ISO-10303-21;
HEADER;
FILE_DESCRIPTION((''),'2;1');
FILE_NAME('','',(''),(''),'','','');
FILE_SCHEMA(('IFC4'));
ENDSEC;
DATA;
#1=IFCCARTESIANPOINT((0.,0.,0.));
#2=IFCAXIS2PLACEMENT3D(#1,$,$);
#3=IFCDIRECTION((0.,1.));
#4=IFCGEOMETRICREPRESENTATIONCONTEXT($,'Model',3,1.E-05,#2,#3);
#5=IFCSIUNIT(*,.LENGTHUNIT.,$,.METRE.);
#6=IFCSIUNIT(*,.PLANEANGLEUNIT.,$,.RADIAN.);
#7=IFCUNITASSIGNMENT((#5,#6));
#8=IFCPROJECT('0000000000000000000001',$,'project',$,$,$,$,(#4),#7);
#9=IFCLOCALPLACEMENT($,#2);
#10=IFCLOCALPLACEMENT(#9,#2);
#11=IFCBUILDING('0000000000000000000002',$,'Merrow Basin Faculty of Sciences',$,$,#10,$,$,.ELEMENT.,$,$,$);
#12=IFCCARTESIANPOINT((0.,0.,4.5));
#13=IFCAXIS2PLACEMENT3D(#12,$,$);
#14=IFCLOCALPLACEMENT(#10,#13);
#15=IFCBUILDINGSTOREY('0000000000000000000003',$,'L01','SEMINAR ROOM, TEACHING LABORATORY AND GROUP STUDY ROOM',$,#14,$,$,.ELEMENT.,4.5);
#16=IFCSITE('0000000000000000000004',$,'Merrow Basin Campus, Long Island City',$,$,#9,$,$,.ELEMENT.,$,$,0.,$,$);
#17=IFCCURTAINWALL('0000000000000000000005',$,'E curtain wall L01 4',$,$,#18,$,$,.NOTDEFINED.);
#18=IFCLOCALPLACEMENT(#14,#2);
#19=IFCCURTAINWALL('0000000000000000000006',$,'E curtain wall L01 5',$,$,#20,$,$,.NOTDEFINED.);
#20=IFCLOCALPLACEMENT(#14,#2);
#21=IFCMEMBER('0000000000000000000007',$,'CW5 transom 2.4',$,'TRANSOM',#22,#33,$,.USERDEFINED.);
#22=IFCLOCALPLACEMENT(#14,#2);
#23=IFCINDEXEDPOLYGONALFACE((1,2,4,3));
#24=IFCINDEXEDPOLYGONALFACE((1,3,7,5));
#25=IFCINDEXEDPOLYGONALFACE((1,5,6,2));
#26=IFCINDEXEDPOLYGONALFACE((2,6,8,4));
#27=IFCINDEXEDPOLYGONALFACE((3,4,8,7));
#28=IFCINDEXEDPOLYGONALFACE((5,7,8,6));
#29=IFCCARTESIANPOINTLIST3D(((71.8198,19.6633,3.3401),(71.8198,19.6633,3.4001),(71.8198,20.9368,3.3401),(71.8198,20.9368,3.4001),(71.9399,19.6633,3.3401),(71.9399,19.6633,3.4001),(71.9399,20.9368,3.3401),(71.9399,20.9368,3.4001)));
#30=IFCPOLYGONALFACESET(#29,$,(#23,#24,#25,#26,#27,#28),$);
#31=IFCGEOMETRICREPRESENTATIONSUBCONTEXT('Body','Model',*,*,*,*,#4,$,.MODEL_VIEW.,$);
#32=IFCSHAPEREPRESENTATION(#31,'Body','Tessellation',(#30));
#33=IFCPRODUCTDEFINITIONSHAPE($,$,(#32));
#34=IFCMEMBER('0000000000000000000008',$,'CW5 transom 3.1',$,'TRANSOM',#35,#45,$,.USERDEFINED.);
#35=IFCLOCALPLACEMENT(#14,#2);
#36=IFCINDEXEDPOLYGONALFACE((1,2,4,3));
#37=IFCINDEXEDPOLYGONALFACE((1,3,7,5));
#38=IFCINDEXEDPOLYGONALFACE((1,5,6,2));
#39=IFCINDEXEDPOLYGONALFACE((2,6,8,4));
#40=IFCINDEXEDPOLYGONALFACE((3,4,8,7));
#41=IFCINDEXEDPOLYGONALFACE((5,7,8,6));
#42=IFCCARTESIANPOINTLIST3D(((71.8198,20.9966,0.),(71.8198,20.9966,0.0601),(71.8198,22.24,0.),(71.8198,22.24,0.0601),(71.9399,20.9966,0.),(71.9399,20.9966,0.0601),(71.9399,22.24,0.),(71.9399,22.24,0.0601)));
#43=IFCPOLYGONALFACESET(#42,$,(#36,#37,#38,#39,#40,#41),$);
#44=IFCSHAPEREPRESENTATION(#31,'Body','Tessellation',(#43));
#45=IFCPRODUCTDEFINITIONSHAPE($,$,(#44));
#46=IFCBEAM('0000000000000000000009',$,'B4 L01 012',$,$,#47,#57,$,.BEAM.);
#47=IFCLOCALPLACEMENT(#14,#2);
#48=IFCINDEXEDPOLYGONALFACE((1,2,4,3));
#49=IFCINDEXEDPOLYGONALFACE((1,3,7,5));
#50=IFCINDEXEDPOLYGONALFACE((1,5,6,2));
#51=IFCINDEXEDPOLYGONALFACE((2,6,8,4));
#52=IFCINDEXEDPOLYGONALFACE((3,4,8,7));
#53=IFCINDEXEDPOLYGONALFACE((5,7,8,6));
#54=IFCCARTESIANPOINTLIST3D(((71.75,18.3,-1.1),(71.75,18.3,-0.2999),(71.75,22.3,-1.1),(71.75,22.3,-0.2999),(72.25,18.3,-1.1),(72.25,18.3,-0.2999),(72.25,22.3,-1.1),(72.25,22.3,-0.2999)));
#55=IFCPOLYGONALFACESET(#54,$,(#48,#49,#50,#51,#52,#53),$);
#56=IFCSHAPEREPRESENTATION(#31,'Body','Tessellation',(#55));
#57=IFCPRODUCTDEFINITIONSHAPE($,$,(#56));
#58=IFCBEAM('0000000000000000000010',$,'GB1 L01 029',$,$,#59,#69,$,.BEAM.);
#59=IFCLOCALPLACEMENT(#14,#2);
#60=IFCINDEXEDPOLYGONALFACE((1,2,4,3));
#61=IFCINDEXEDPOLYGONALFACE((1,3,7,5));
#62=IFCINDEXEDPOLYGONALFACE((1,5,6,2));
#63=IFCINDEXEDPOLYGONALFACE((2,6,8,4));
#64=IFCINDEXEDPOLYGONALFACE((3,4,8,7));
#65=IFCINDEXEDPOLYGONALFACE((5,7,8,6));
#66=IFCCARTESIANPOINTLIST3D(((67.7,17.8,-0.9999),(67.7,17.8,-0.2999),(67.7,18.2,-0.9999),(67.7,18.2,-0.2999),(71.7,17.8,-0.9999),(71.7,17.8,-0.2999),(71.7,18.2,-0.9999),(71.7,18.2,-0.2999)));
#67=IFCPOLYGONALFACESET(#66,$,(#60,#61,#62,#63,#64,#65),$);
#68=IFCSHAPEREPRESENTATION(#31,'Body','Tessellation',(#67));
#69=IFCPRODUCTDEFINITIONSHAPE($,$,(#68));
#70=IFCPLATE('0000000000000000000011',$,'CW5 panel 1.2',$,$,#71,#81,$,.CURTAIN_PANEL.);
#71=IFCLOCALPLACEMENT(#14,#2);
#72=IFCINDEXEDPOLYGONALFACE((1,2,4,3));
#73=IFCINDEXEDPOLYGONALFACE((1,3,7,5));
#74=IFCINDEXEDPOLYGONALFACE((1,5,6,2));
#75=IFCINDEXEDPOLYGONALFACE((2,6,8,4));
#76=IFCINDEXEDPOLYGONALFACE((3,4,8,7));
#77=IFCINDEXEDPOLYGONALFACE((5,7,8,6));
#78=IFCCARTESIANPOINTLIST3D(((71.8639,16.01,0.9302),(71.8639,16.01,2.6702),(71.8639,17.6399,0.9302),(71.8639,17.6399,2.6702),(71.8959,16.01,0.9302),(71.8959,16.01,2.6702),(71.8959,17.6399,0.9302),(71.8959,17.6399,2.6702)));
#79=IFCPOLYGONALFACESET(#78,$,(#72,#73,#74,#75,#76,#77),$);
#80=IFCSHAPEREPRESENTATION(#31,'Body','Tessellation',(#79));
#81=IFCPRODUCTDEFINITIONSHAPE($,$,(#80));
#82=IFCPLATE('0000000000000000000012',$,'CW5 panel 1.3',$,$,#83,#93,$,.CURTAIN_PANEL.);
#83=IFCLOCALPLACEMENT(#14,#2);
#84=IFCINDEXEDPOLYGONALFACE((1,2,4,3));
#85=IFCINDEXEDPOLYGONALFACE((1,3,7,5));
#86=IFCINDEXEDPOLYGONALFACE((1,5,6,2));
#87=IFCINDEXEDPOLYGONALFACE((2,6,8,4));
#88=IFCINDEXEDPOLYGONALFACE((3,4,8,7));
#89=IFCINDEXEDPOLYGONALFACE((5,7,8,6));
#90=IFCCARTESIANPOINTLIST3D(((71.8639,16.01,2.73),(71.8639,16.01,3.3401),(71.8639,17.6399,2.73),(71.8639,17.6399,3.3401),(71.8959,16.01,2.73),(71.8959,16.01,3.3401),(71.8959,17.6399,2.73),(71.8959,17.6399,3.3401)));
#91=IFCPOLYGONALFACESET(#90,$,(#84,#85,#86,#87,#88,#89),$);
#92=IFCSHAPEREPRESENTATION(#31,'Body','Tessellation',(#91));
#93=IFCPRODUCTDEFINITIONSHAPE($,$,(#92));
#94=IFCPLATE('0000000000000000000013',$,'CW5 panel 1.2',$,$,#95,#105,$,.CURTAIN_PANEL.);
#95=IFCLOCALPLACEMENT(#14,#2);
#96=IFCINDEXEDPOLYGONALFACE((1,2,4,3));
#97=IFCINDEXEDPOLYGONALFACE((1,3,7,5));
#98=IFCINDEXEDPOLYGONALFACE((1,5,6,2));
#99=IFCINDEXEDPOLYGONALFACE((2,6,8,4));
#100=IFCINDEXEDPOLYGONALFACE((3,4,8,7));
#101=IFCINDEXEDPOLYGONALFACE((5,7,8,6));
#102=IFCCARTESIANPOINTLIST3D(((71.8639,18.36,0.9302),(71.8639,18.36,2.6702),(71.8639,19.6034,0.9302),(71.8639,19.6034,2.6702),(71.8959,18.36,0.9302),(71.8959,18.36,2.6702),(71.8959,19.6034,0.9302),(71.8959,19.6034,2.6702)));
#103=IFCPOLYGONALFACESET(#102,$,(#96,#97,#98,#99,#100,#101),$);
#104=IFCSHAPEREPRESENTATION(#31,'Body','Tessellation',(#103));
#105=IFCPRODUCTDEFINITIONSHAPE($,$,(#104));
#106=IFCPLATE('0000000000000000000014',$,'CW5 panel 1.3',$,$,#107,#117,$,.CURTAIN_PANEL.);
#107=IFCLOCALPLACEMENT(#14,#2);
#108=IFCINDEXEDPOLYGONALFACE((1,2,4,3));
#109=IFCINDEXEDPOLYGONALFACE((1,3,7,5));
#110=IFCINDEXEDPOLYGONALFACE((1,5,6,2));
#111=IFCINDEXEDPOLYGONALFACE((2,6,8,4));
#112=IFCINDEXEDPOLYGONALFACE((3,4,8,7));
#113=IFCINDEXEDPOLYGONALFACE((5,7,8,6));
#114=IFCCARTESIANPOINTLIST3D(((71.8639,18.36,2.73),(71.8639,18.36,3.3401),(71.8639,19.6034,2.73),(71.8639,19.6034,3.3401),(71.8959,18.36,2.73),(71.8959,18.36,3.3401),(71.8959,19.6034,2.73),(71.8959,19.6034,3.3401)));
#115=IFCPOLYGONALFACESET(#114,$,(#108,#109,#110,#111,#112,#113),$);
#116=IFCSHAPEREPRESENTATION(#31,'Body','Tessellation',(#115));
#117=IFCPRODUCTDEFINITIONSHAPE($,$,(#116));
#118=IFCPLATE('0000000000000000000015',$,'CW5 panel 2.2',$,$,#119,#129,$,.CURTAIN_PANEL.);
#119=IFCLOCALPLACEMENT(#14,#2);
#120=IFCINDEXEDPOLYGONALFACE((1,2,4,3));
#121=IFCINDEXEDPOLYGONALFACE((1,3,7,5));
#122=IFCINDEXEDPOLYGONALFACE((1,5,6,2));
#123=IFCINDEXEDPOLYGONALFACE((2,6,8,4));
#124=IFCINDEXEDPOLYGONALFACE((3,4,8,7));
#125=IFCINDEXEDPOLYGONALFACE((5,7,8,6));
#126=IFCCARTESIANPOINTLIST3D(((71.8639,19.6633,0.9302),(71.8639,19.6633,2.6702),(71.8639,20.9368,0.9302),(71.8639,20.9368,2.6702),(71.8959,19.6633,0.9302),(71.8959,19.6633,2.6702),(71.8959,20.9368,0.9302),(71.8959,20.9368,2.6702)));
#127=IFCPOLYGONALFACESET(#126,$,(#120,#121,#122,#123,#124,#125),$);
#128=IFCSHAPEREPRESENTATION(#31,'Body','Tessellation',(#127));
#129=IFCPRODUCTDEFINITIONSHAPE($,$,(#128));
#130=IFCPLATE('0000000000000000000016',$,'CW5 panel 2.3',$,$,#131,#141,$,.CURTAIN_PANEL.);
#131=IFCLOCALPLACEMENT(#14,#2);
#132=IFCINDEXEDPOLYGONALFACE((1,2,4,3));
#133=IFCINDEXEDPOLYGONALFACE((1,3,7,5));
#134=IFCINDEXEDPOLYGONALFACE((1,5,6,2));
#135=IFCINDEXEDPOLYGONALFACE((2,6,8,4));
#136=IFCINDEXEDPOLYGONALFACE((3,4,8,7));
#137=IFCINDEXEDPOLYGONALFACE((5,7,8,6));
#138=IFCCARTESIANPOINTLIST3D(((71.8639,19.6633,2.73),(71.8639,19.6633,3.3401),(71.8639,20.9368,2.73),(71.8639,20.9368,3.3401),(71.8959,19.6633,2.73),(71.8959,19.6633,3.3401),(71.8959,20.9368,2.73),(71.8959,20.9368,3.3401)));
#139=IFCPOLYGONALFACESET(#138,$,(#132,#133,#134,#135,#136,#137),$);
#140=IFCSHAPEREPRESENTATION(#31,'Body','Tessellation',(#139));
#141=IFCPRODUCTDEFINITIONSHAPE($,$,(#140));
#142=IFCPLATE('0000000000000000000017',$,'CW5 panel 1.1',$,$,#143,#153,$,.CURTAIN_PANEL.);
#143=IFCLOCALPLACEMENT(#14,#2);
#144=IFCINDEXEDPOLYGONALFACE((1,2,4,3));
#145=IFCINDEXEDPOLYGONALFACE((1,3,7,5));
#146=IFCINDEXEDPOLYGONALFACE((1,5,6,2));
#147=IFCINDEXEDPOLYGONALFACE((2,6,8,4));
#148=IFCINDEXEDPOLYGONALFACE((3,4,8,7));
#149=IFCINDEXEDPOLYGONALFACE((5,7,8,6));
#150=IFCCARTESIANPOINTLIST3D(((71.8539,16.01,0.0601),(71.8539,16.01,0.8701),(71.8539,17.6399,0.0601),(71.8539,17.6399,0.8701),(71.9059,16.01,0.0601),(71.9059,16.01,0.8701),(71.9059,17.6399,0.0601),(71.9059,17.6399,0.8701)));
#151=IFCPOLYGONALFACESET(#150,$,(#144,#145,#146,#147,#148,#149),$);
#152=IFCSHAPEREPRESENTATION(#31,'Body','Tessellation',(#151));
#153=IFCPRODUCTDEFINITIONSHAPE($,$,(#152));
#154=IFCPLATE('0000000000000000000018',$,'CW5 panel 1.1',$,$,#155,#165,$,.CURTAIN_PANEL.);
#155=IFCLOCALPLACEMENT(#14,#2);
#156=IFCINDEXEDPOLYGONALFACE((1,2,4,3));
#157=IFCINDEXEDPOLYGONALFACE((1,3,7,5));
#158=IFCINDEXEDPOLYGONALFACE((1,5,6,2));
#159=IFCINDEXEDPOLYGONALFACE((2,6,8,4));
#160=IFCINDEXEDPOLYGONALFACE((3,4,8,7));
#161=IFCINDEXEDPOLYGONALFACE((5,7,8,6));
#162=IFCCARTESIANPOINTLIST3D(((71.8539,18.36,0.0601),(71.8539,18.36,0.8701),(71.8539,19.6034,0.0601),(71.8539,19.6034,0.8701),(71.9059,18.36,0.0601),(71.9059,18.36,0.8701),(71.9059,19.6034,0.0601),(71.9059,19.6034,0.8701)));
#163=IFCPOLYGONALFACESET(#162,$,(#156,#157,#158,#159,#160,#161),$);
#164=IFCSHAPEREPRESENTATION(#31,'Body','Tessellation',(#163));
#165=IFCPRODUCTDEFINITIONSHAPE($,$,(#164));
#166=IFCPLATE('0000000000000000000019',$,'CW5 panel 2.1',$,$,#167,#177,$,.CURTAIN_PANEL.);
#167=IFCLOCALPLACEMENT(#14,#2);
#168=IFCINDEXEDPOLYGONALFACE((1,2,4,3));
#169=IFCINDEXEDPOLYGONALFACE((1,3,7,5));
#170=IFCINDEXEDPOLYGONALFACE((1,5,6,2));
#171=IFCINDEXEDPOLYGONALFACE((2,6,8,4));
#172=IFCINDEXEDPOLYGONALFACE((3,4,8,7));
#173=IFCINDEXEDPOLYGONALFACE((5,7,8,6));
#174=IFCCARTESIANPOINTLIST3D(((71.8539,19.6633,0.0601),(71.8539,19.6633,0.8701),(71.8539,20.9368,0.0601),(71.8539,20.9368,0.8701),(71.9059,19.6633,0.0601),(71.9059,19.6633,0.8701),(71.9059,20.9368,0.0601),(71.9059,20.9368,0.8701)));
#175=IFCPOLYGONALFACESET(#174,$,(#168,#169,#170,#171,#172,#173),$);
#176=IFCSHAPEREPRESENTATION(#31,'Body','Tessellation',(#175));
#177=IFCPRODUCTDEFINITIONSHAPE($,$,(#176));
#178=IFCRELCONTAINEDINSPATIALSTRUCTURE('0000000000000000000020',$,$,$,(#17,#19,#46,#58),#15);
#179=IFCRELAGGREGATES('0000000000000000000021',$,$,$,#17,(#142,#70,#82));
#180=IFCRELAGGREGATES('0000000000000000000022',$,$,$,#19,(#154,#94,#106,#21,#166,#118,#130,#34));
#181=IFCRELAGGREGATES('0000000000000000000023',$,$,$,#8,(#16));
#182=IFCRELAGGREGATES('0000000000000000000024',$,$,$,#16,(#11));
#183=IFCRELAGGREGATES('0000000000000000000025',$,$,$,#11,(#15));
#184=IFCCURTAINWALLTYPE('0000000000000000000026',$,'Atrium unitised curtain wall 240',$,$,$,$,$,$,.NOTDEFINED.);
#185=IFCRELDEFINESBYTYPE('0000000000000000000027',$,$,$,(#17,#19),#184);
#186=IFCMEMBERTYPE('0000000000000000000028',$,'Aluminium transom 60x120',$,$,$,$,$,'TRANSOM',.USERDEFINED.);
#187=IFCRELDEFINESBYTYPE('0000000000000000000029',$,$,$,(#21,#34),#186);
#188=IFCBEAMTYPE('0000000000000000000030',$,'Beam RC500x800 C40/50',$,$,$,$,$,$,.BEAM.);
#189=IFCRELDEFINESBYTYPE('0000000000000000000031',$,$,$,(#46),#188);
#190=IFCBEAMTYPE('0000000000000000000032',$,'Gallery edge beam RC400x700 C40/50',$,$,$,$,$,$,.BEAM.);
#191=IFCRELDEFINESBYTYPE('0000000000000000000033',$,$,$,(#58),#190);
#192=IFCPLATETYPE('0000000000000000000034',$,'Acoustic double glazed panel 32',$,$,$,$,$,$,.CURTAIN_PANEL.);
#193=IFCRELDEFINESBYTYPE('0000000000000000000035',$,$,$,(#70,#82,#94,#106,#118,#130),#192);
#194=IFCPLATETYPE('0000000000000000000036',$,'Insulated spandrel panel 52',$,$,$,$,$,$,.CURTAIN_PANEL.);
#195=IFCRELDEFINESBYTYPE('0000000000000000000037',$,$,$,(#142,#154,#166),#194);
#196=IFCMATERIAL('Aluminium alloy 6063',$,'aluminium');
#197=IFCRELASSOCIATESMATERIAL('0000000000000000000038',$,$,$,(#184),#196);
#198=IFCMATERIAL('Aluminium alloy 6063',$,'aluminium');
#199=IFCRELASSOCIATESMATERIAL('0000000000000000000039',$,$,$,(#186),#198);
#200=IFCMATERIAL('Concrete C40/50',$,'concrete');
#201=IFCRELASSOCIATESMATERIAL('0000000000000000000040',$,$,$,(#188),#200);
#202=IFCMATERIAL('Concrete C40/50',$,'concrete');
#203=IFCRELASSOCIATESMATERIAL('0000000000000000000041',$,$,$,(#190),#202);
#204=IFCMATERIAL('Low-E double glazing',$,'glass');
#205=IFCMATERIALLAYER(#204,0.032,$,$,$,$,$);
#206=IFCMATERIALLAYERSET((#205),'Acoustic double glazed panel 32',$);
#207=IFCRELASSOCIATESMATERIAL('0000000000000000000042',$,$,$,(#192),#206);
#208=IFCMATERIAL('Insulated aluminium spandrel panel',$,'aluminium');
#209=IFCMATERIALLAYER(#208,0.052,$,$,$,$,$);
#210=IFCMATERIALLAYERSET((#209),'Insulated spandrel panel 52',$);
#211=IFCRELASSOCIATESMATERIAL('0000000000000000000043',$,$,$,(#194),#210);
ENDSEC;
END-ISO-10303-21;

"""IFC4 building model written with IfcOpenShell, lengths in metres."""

from ifc_helpers import new_model, si_unit, direction, frame, origin, origin_2d, place, context, subcontext, project, spatial, rectangle, extrude, material, layer, layer_set, material_profile, profile_set, type_object, element, aggregate, save


model = new_model("IFC4")

# Units and contexts
model_context = context("Model", 3, precision=1e-05, world=origin(), true_north=direction((0.0, 1.0)))
body_context = subcontext(model_context, "Body", "Model", "MODEL_VIEW")
ifc_project = project(units=[si_unit("LENGTHUNIT", "METRE"), si_unit("PLANEANGLEUNIT", "RADIAN")], contexts=[model_context])

# Site, building, storey
site_placement = place(None, origin())
site = spatial("IfcSite", under=ifc_project, at=site_placement, Name="Merrow Basin Campus, Long Island City", CompositionType="ELEMENT", RefElevation=0.0)
building_placement = place(site_placement, origin())
building = spatial("IfcBuilding", under=site, at=building_placement, Name="Merrow Basin Faculty of Sciences", CompositionType="ELEMENT")
storey_placement = place(building_placement, frame((0.0, 0.0, 4.5)))
storey = spatial("IfcBuildingStorey", under=building, at=storey_placement, Name="L01", Description="SEMINAR ROOM, TEACHING LABORATORY AND GROUP STUDY ROOM", CompositionType="ELEMENT", Elevation=4.5)

# Curtain wall
ifc_material_1 = material(Name="Aluminium alloy 6063", Category="aluminium")
curtain_wall_type = type_object("IfcCurtainWallType", Name="Atrium unitised curtain wall 240", PredefinedType="NOTDEFINED", material=ifc_material_1)
curtain_wall_1_placement = place(storey_placement, origin())
curtain_wall_1 = element("IfcCurtainWall", 1, at=curtain_wall_1_placement, inside=storey, type_object=curtain_wall_type, Name="E curtain wall L01 4", PredefinedType="NOTDEFINED")

# Curtain wall
curtain_wall_2_placement = place(storey_placement, origin())
curtain_wall_2 = element("IfcCurtainWall", 2, at=curtain_wall_2_placement, inside=storey, type_object=curtain_wall_type, Name="E curtain wall L01 5", PredefinedType="NOTDEFINED")

# Members
ifc_material_2 = material(Name="Aluminium alloy 6063", Category="aluminium")
ifc_material_profile_1 = material_profile(ifc_material_2, rectangle(XDim=0.1201, YDim=0.0601, at=origin_2d()))
ifc_profile_set_1 = profile_set([ifc_material_profile_1], Name="Aluminium alloy 6063")
member_type_1 = type_object("IfcMemberType", Name="Aluminium transom 60x120", ElementType="TRANSOM", PredefinedType="USERDEFINED", material=ifc_profile_set_1)
member_1_placement = place(storey_placement, frame((71.8799, 19.6633, 3.3701), z_axis=(0.0, 1.0, 0.0), x_axis=(-1.0, 0.0, 0.0)))
member_1 = element("IfcMember", 3, at=member_1_placement, type_object=member_type_1, Name="CW5 transom 2.4", ObjectType="TRANSOM", PredefinedType="USERDEFINED", context=body_context, shape_type="SweptSolid", body=[
    extrude(rectangle(XDim=0.1201, YDim=0.0601, at=origin_2d()), origin(), (0.0, 0.0, 1.0), 1.2734),
])
member_2_placement = place(storey_placement, frame((71.8799, 20.9966, 0.03), z_axis=(0.0, 1.0, 0.0), x_axis=(-1.0, 0.0, 0.0)))
member_2 = element("IfcMember", 4, at=member_2_placement, type_object=member_type_1, Name="CW5 transom 3.1", ObjectType="TRANSOM", PredefinedType="USERDEFINED", context=body_context, shape_type="SweptSolid", body=[
    extrude(rectangle(XDim=0.1201, YDim=0.0601, at=origin_2d()), origin(), (0.0, 0.0, 1.0), 1.2434),
])

# Beams
ifc_material_3 = material(Name="Concrete C40/50", Category="concrete")
ifc_material_profile_2 = material_profile(ifc_material_3, rectangle(XDim=0.5, YDim=0.8, at=origin_2d()))
ifc_profile_set_2 = profile_set([ifc_material_profile_2], Name="Concrete C40/50")
beam_type_1 = type_object("IfcBeamType", Name="Beam RC500x800 C40/50", PredefinedType="BEAM", material=ifc_profile_set_2)
beam_1_placement = place(storey_placement, frame((72.0, 18.3, -0.7), z_axis=(0.0, 1.0, 0.0), x_axis=(-1.0, 0.0, 0.0)))
element("IfcBeam", 5, at=beam_1_placement, inside=storey, type_object=beam_type_1, Name="B4 L01 012", PredefinedType="BEAM", context=body_context, shape_type="SweptSolid", body=[
    extrude(rectangle(XDim=0.5, YDim=0.8, at=origin_2d()), origin(), (0.0, 0.0, 1.0), 4.0),
])
ifc_material_4 = material(Name="Concrete C40/50", Category="concrete")
ifc_material_profile_3 = material_profile(ifc_material_4, rectangle(XDim=0.3999, YDim=0.7, at=origin_2d()))
ifc_profile_set_3 = profile_set([ifc_material_profile_3], Name="Concrete C40/50")
beam_type_2 = type_object("IfcBeamType", Name="Gallery edge beam RC400x700 C40/50", PredefinedType="BEAM", material=ifc_profile_set_3)
beam_2_placement = place(storey_placement, frame((67.7, 18.0, -0.6499), z_axis=(1.0, 0.0, 0.0), x_axis=(0.0, 1.0, 0.0)))
element("IfcBeam", 6, at=beam_2_placement, inside=storey, type_object=beam_type_2, Name="GB1 L01 029", PredefinedType="BEAM", context=body_context, shape_type="SweptSolid", body=[
    extrude(rectangle(XDim=0.3999, YDim=0.7, at=origin_2d()), origin(), (0.0, 0.0, 1.0), 4.0),
])

# Plates
ifc_material_5 = material(Name="Low-E double glazing", Category="glass")
ifc_layer_1 = layer(ifc_material_5, 0.032)
ifc_layer_set_1 = layer_set([ifc_layer_1], Name="Acoustic double glazed panel 32")
plate_type_1 = type_object("IfcPlateType", Name="Acoustic double glazed panel 32", PredefinedType="CURTAIN_PANEL", material=ifc_layer_set_1)
plate_1_placement = place(storey_placement, frame((71.8799, 16.825, 0.9302), z_axis=(0.0, 0.0, 1.0), x_axis=(0.0, 1.0, 0.0)))
plate_1 = element("IfcPlate", 7, at=plate_1_placement, type_object=plate_type_1, Name="CW5 panel 1.2", PredefinedType="CURTAIN_PANEL", context=body_context, shape_type="SweptSolid", body=[
    extrude(rectangle(XDim=1.6299, YDim=0.032, at=origin_2d()), origin(), (0.0, 0.0, 1.0), 1.74),
])
plate_2_placement = place(storey_placement, frame((71.8799, 16.825, 2.73), z_axis=(0.0, 0.0, 1.0), x_axis=(0.0, 1.0, 0.0)))
plate_2 = element("IfcPlate", 8, at=plate_2_placement, type_object=plate_type_1, Name="CW5 panel 1.3", PredefinedType="CURTAIN_PANEL", context=body_context, shape_type="SweptSolid", body=[
    extrude(rectangle(XDim=1.6299, YDim=0.032, at=origin_2d()), origin(), (0.0, 0.0, 1.0), 0.6101),
])
plate_3_placement = place(storey_placement, frame((71.8799, 18.9817, 0.9302), z_axis=(0.0, 0.0, 1.0), x_axis=(0.0, 1.0, 0.0)))
plate_3 = element("IfcPlate", 9, at=plate_3_placement, type_object=plate_type_1, Name="CW5 panel 1.2", PredefinedType="CURTAIN_PANEL", context=body_context, shape_type="SweptSolid", body=[
    extrude(rectangle(XDim=1.2434, YDim=0.032, at=origin_2d()), origin(), (0.0, 0.0, 1.0), 1.74),
])
plate_4_placement = place(storey_placement, frame((71.8799, 18.9817, 2.73), z_axis=(0.0, 0.0, 1.0), x_axis=(0.0, 1.0, 0.0)))
plate_4 = element("IfcPlate", 10, at=plate_4_placement, type_object=plate_type_1, Name="CW5 panel 1.3", PredefinedType="CURTAIN_PANEL", context=body_context, shape_type="SweptSolid", body=[
    extrude(rectangle(XDim=1.2434, YDim=0.032, at=origin_2d()), origin(), (0.0, 0.0, 1.0), 0.6101),
])
plate_5_placement = place(storey_placement, frame((71.8799, 20.3, 0.9302), z_axis=(0.0, 0.0, 1.0), x_axis=(0.0, 1.0, 0.0)))
plate_5 = element("IfcPlate", 11, at=plate_5_placement, type_object=plate_type_1, Name="CW5 panel 2.2", PredefinedType="CURTAIN_PANEL", context=body_context, shape_type="SweptSolid", body=[
    extrude(rectangle(XDim=1.2734, YDim=0.032, at=origin_2d()), origin(), (0.0, 0.0, 1.0), 1.74),
])
plate_6_placement = place(storey_placement, frame((71.8799, 20.3, 2.73), z_axis=(0.0, 0.0, 1.0), x_axis=(0.0, 1.0, 0.0)))
plate_6 = element("IfcPlate", 12, at=plate_6_placement, type_object=plate_type_1, Name="CW5 panel 2.3", PredefinedType="CURTAIN_PANEL", context=body_context, shape_type="SweptSolid", body=[
    extrude(rectangle(XDim=1.2734, YDim=0.032, at=origin_2d()), origin(), (0.0, 0.0, 1.0), 0.6101),
])
ifc_material_6 = material(Name="Insulated aluminium spandrel panel", Category="aluminium")
ifc_layer_2 = layer(ifc_material_6, 0.052)
ifc_layer_set_2 = layer_set([ifc_layer_2], Name="Insulated spandrel panel 52")
plate_type_2 = type_object("IfcPlateType", Name="Insulated spandrel panel 52", PredefinedType="CURTAIN_PANEL", material=ifc_layer_set_2)
plate_7_placement = place(storey_placement, frame((71.8799, 16.825, 0.0601), z_axis=(0.0, 0.0, 1.0), x_axis=(0.0, 1.0, 0.0)))
plate_7 = element("IfcPlate", 13, at=plate_7_placement, type_object=plate_type_2, Name="CW5 panel 1.1", PredefinedType="CURTAIN_PANEL", context=body_context, shape_type="SweptSolid", body=[
    extrude(rectangle(XDim=1.6299, YDim=0.052, at=origin_2d()), origin(), (0.0, 0.0, 1.0), 0.8101),
])
aggregate(curtain_wall_1, [plate_7, plate_1, plate_2])
plate_8_placement = place(storey_placement, frame((71.8799, 18.9817, 0.0601), z_axis=(0.0, 0.0, 1.0), x_axis=(0.0, 1.0, 0.0)))
plate_8 = element("IfcPlate", 14, at=plate_8_placement, type_object=plate_type_2, Name="CW5 panel 1.1", PredefinedType="CURTAIN_PANEL", context=body_context, shape_type="SweptSolid", body=[
    extrude(rectangle(XDim=1.2434, YDim=0.052, at=origin_2d()), origin(), (0.0, 0.0, 1.0), 0.8101),
])
plate_9_placement = place(storey_placement, frame((71.8799, 20.3, 0.0601), z_axis=(0.0, 0.0, 1.0), x_axis=(0.0, 1.0, 0.0)))
plate_9 = element("IfcPlate", 15, at=plate_9_placement, type_object=plate_type_2, Name="CW5 panel 2.1", PredefinedType="CURTAIN_PANEL", context=body_context, shape_type="SweptSolid", body=[
    extrude(rectangle(XDim=1.2734, YDim=0.052, at=origin_2d()), origin(), (0.0, 0.0, 1.0), 0.8101),
])
aggregate(curtain_wall_2, [plate_8, plate_3, plate_4, member_1, plate_9, plate_5, plate_6, member_2])

save(model, "model.ifc")
